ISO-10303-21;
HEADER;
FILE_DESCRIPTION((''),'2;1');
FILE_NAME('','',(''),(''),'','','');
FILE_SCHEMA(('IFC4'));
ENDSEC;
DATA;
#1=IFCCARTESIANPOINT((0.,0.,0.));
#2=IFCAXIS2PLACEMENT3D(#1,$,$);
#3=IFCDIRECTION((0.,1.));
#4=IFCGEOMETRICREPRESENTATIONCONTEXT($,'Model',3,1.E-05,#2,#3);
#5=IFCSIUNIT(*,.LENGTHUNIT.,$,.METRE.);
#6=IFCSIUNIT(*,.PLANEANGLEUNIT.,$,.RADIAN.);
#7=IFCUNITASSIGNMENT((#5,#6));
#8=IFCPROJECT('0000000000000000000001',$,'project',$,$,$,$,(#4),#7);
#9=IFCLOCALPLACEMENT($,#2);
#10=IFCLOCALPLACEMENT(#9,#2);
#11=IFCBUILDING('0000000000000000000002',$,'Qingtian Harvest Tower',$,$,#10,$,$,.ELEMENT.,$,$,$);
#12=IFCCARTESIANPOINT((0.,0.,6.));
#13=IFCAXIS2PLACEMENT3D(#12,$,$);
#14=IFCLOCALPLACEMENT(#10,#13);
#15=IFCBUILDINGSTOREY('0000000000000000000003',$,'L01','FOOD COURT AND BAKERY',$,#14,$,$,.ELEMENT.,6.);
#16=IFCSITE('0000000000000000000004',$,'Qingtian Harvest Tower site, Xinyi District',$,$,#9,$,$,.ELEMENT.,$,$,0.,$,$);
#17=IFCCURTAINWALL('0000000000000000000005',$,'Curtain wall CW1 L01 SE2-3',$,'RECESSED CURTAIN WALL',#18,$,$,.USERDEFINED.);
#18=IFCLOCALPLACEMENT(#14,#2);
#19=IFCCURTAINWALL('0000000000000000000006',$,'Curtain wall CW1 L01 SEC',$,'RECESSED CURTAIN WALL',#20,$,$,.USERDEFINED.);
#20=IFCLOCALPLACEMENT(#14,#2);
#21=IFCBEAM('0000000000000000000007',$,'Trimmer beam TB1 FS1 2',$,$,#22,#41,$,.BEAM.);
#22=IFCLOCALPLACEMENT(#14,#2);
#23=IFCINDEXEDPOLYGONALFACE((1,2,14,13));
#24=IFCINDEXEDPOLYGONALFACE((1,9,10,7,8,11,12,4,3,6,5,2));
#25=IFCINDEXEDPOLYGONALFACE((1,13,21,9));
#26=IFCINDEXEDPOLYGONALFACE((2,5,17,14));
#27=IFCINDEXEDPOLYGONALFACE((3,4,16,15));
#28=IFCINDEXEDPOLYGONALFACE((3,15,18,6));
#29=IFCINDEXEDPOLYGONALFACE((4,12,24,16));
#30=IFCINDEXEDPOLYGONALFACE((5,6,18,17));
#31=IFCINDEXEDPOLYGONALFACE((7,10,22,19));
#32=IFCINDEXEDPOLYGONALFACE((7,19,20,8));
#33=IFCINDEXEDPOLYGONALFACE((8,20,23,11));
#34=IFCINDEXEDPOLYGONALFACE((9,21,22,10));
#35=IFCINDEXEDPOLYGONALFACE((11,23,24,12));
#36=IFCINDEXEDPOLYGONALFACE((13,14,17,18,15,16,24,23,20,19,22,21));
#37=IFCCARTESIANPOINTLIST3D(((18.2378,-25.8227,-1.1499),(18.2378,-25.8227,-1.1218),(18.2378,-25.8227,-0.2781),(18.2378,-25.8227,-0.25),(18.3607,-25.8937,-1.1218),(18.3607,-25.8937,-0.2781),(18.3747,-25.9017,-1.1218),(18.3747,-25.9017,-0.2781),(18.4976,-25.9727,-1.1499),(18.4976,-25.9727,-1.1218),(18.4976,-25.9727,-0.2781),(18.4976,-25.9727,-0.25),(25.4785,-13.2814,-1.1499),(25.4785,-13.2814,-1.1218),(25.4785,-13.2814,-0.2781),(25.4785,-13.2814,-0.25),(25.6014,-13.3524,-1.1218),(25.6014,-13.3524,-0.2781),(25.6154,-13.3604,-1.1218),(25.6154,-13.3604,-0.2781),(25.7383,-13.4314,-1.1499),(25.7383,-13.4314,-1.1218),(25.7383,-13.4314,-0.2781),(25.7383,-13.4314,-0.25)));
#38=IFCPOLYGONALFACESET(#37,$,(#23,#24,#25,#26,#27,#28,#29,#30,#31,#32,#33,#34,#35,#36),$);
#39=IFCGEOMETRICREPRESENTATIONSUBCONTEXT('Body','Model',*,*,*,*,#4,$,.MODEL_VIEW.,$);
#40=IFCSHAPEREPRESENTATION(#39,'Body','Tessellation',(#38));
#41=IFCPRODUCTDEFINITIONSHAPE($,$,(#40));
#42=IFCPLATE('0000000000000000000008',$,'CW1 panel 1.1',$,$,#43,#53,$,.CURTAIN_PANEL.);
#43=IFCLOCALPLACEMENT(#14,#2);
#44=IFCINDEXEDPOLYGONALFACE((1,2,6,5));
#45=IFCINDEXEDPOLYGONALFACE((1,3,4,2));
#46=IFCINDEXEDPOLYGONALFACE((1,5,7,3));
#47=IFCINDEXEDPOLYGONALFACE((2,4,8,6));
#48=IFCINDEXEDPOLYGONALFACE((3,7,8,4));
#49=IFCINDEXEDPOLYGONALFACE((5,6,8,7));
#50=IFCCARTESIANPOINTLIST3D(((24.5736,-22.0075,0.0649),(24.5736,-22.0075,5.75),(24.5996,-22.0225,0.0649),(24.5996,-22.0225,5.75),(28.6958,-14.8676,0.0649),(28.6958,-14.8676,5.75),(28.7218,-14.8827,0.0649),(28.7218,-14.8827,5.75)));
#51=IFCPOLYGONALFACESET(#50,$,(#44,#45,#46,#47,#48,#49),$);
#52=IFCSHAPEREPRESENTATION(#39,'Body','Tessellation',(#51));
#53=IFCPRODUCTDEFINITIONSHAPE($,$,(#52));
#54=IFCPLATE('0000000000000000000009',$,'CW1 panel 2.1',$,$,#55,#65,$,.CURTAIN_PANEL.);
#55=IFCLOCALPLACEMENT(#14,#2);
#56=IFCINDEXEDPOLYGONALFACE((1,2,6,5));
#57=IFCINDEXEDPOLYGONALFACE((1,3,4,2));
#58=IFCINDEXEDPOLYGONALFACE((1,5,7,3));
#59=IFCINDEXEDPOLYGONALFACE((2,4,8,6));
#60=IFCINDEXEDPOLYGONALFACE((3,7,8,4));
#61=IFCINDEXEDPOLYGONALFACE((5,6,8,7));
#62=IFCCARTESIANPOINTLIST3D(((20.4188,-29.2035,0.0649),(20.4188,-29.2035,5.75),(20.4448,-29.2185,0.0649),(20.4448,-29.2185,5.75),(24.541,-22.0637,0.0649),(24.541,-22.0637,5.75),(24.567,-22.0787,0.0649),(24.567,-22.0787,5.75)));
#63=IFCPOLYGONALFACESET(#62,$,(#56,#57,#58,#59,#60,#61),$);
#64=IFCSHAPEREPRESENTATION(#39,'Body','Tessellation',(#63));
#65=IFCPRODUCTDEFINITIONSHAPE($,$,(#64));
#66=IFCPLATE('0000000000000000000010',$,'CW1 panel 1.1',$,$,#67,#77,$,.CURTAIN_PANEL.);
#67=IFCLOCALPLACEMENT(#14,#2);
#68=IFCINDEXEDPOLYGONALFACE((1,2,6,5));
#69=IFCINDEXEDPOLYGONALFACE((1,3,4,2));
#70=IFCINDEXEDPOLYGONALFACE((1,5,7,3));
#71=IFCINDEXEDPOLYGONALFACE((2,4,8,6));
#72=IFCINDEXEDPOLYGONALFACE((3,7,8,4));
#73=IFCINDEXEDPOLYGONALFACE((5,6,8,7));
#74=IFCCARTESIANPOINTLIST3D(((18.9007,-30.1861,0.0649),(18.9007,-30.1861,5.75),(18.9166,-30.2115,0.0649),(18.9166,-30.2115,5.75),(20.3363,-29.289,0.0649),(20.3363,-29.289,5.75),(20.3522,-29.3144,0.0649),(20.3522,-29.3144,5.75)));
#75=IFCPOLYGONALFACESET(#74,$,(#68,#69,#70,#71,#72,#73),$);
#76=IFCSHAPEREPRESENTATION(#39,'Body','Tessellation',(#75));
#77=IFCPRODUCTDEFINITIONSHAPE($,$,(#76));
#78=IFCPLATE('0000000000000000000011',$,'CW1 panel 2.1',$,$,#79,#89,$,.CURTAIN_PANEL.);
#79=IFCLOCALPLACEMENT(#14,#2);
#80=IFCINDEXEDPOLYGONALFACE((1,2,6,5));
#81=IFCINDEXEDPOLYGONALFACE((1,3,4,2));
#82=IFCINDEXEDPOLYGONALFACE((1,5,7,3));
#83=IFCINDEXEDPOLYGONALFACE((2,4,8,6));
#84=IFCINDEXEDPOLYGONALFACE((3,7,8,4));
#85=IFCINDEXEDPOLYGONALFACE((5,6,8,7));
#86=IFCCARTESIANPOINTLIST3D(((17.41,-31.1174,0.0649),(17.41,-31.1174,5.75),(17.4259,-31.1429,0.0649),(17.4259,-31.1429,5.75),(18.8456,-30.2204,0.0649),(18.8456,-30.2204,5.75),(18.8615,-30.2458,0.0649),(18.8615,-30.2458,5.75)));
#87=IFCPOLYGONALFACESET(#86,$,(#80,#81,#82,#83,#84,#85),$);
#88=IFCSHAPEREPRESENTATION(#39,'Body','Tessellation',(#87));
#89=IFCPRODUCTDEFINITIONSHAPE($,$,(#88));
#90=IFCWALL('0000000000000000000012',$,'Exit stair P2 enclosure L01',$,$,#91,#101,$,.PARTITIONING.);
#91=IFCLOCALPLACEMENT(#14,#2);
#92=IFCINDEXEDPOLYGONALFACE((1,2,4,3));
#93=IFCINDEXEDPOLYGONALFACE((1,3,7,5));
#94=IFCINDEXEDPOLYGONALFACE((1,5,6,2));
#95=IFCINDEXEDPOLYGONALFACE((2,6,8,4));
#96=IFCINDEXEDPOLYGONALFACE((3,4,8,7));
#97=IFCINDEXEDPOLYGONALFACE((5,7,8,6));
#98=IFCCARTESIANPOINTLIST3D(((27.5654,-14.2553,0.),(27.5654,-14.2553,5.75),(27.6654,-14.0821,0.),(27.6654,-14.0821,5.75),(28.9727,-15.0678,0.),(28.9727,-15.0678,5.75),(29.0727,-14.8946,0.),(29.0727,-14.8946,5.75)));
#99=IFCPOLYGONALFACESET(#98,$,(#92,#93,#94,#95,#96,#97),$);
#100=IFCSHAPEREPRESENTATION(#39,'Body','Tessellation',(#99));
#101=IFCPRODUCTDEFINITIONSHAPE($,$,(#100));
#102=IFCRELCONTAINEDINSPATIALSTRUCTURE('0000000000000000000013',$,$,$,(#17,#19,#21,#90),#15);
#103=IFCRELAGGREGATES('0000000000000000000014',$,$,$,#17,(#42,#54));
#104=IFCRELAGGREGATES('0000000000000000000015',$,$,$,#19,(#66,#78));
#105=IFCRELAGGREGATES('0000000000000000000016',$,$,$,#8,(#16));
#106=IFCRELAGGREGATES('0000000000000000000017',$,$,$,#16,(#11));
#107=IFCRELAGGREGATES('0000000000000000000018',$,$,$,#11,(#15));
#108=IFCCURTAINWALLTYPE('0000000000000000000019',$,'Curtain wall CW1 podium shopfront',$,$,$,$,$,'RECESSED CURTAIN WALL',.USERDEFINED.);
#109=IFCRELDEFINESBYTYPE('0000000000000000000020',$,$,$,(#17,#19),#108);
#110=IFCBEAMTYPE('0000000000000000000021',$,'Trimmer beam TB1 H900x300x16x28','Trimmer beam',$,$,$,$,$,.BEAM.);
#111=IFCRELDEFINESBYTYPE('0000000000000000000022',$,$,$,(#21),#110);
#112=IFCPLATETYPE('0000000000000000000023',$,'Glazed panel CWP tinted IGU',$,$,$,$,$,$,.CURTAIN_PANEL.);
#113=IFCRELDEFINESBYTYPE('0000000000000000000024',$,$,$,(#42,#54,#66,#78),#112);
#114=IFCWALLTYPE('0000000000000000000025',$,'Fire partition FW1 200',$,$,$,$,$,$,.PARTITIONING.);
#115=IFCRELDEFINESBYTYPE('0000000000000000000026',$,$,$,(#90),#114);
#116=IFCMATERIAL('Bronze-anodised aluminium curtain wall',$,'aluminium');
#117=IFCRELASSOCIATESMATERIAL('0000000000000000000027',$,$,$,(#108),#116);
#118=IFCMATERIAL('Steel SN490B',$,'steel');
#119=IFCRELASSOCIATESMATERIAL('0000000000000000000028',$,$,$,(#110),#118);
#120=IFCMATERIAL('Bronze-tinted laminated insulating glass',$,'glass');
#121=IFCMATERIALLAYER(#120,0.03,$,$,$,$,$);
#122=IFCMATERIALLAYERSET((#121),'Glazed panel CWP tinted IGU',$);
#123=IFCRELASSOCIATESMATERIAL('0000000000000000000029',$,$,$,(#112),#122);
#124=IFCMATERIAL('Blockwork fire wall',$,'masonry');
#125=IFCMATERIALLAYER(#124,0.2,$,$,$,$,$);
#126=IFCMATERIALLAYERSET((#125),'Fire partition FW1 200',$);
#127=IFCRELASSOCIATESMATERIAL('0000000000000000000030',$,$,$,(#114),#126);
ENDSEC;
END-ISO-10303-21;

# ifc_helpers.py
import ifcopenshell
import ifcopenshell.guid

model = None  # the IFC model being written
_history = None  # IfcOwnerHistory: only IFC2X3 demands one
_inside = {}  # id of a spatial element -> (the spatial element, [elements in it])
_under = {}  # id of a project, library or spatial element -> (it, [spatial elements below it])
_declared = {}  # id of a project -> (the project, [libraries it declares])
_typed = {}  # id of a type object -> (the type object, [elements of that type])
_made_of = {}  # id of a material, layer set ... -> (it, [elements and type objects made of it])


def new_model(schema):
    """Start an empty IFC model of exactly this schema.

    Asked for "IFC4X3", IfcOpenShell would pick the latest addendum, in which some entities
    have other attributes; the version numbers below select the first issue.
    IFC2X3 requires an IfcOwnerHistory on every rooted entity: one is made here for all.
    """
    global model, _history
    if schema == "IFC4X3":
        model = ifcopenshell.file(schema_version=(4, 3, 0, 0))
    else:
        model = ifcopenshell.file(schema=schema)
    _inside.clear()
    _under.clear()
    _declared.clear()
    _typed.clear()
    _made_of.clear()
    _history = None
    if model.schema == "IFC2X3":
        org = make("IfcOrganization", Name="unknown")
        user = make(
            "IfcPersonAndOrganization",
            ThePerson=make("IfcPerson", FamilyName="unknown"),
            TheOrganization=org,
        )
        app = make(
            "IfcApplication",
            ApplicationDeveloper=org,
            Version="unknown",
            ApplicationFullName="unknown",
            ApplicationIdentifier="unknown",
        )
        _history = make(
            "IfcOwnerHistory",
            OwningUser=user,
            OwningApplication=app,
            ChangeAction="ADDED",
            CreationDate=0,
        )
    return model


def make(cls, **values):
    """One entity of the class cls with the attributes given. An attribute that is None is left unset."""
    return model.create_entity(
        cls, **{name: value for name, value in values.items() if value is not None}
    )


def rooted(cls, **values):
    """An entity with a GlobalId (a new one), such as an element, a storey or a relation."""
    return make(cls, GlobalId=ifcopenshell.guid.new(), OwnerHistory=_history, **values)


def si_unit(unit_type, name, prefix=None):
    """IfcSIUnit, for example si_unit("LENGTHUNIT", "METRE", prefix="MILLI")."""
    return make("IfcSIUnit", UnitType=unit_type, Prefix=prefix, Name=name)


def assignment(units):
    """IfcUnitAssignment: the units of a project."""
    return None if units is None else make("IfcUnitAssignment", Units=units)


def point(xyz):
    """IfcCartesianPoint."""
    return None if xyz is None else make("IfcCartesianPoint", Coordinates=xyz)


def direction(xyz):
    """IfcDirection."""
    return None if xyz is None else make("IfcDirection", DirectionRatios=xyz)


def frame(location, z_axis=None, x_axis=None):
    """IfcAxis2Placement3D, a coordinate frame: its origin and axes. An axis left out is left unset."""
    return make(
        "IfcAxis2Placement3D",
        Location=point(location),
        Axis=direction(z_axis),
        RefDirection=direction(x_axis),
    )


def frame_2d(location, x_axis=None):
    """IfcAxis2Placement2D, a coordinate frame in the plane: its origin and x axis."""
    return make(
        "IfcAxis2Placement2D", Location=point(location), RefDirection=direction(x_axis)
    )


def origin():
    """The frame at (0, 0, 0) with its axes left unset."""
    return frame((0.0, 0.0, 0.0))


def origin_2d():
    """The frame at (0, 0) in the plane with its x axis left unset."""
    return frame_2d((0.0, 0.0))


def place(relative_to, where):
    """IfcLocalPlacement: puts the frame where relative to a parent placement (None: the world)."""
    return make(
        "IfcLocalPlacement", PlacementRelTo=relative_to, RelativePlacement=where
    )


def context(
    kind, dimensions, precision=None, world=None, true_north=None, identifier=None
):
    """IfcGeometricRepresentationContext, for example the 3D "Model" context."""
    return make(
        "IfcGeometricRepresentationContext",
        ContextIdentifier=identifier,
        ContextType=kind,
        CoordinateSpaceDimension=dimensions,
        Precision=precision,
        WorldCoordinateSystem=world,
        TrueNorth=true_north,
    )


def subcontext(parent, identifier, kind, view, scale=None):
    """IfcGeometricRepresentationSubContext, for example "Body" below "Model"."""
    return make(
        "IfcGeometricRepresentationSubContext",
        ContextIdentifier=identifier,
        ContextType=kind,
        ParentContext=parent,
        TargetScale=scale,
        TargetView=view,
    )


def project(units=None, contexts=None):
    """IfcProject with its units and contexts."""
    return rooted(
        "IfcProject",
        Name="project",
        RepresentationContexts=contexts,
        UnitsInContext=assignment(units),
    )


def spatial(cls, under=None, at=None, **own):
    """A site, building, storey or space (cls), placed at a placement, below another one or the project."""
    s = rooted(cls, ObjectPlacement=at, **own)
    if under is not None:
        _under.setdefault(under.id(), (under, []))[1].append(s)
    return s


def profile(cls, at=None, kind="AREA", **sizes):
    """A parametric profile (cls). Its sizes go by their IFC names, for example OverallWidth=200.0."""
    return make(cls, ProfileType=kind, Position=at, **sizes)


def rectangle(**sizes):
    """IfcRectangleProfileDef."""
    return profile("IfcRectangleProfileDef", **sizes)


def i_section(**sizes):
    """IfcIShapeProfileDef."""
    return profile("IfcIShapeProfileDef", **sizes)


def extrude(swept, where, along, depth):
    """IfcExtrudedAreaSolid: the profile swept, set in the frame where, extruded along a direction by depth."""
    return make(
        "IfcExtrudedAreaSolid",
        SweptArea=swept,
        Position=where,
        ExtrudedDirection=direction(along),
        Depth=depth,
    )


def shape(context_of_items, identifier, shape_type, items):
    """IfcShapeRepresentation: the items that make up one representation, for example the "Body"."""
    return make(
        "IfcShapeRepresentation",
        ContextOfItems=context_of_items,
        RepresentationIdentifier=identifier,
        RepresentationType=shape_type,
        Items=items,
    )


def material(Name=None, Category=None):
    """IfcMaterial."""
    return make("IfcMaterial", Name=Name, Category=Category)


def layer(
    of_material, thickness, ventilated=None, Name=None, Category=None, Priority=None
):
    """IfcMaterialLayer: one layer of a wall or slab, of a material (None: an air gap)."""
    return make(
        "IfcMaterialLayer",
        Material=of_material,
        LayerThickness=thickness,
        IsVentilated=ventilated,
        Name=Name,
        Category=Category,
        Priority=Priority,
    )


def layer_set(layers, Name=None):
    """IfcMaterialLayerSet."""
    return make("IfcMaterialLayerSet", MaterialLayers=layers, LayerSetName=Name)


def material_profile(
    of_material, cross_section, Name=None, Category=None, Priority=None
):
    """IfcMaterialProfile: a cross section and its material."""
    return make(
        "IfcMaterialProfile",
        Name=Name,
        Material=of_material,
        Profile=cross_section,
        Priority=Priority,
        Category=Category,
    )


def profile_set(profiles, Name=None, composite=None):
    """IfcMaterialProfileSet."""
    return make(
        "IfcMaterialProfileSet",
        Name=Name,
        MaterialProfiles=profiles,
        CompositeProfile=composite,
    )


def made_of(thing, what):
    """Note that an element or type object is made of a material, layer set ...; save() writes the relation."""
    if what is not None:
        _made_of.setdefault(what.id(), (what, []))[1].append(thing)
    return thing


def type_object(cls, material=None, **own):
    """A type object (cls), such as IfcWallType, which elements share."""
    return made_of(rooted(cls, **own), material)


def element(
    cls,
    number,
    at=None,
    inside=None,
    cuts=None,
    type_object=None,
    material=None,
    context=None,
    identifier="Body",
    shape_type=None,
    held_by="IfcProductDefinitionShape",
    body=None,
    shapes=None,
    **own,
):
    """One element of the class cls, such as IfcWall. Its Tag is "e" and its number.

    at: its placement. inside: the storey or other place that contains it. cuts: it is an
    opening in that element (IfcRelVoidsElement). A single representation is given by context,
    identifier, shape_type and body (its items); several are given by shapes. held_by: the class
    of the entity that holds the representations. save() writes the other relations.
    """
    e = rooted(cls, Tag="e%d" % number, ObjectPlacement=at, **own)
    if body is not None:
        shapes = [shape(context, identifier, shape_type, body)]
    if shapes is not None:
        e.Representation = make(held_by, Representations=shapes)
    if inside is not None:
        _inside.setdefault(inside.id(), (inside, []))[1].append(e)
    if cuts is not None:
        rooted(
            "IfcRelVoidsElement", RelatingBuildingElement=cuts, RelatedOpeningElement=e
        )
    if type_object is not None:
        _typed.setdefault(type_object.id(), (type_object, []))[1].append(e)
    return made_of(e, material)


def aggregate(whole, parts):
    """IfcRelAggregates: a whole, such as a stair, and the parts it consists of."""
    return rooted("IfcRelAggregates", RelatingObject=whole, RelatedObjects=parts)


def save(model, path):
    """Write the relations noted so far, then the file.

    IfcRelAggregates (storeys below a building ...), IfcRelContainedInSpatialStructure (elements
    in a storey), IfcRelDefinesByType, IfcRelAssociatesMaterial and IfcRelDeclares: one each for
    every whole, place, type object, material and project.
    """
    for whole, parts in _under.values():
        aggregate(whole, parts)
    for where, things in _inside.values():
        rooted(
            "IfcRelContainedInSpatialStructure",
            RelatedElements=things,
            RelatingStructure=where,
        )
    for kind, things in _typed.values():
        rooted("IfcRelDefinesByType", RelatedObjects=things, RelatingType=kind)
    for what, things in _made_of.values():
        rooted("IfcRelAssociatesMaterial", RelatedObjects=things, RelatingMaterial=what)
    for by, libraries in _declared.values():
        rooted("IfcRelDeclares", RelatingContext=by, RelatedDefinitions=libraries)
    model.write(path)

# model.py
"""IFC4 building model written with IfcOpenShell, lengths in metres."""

from ifc_helpers import new_model, si_unit, direction, frame, frame_2d, origin, origin_2d, place, context, subcontext, project, spatial, rectangle, i_section, extrude, material, layer, layer_set, material_profile, profile_set, type_object, element, aggregate, save


model = new_model("IFC4")

# Units and contexts
model_context = context("Model", 3, precision=1e-05, world=origin(), true_north=direction((0.0, 1.0)))
body_context = subcontext(model_context, "Body", "Model", "MODEL_VIEW")
ifc_project = project(units=[si_unit("LENGTHUNIT", "METRE"), si_unit("PLANEANGLEUNIT", "RADIAN")], contexts=[model_context])

# Site, building, storey
site_placement = place(None, origin())
site = spatial("IfcSite", under=ifc_project, at=site_placement, Name="Qingtian Harvest Tower site, Xinyi District", CompositionType="ELEMENT", RefElevation=0.0)
building_placement = place(site_placement, origin())
building = spatial("IfcBuilding", under=site, at=building_placement, Name="Qingtian Harvest Tower", CompositionType="ELEMENT")
storey_placement = place(building_placement, frame((0.0, 0.0, 6.0)))
storey = spatial("IfcBuildingStorey", under=building, at=storey_placement, Name="L01", Description="FOOD COURT AND BAKERY", CompositionType="ELEMENT", Elevation=6.0)

# Curtain walls
ifc_material_1 = material(Name="Bronze-anodised aluminium curtain wall", Category="aluminium")
curtain_wall_type = type_object("IfcCurtainWallType", Name="Curtain wall CW1 podium shopfront", ElementType="RECESSED CURTAIN WALL", PredefinedType="USERDEFINED", material=ifc_material_1)
curtain_wall_1_placement = place(storey_placement, origin())
curtain_wall_1 = element("IfcCurtainWall", 1, at=curtain_wall_1_placement, inside=storey, type_object=curtain_wall_type, Name="Curtain wall CW1 L01 SE2-3", ObjectType="RECESSED CURTAIN WALL", PredefinedType="USERDEFINED")
curtain_wall_2_placement = place(storey_placement, origin())
curtain_wall_2 = element("IfcCurtainWall", 2, at=curtain_wall_2_placement, inside=storey, type_object=curtain_wall_type, Name="Curtain wall CW1 L01 SEC", ObjectType="RECESSED CURTAIN WALL", PredefinedType="USERDEFINED")

# Beam
ifc_material_2 = material(Name="Steel SN490B", Category="steel")
ifc_material_profile_1 = material_profile(ifc_material_2, i_section(OverallWidth=0.3, OverallDepth=0.8999, WebThickness=0.0161, FlangeThickness=0.0281, at=origin_2d()), Name="H900x300x16x28")
ifc_profile_set_1 = profile_set([ifc_material_profile_1], Name="Steel SN490B")
beam_type_1 = type_object("IfcBeamType", Name="Trimmer beam TB1 H900x300x16x28", Description="Trimmer beam", PredefinedType="BEAM", material=ifc_profile_set_1)
beam_1_placement = place(storey_placement, frame((18.3677, -25.8977, -0.7), z_axis=(0.500001, 0.866025, 0.0), x_axis=(-0.866025, 0.500001, 0.0)))
element("IfcBeam", 3, at=beam_1_placement, inside=storey, type_object=beam_type_1, Name="Trimmer beam TB1 FS1 2", PredefinedType="BEAM", context=body_context, shape_type="SweptSolid", body=[
    extrude(i_section(OverallWidth=0.3, OverallDepth=0.8999, WebThickness=0.0161, FlangeThickness=0.0281, at=origin_2d()), origin(), (0.0, 0.0, 1.0), 14.4814),
])

# Plates
ifc_material_3 = material(Name="Bronze-tinted laminated insulating glass", Category="glass")
ifc_layer_1 = layer(ifc_material_3, 0.03)
ifc_layer_set_1 = layer_set([ifc_layer_1], Name="Glazed panel CWP tinted IGU")
plate_type = type_object("IfcPlateType", Name="Glazed panel CWP tinted IGU", PredefinedType="CURTAIN_PANEL", material=ifc_layer_set_1)
plate_1_placement = place(storey_placement, frame((26.6477, -18.4451, 0.0649), z_axis=(0.0, 0.0, 1.0), x_axis=(-0.5, -0.866025, 0.0)))
plate_1 = element("IfcPlate", 4, at=plate_1_placement, type_object=plate_type, Name="CW1 panel 1.1", PredefinedType="CURTAIN_PANEL", context=body_context, shape_type="SweptSolid", body=[
    extrude(rectangle(XDim=8.2444, YDim=0.03, at=origin_2d()), origin(), (0.0, 0.0, 1.0), 5.6851),
])
plate_2_placement = place(storey_placement, frame((22.4929, -25.6411, 0.0649), z_axis=(0.0, 0.0, 1.0), x_axis=(-0.5, -0.866025, 0.0)))
plate_2 = element("IfcPlate", 5, at=plate_2_placement, type_object=plate_type, Name="CW1 panel 2.1", PredefinedType="CURTAIN_PANEL", context=body_context, shape_type="SweptSolid", body=[
    extrude(rectangle(XDim=8.2444, YDim=0.03, at=origin_2d()), origin(), (0.0, 0.0, 1.0), 5.6851),
])
aggregate(curtain_wall_1, [plate_1, plate_2])
plate_3_placement = place(storey_placement, frame((19.6265, -29.7502, 0.0649), z_axis=(0.0, 0.0, 1.0), x_axis=(-0.848048, -0.529919, 0.0)))
plate_3 = element("IfcPlate", 6, at=plate_3_placement, type_object=plate_type, Name="CW1 panel 1.1", PredefinedType="CURTAIN_PANEL", context=body_context, shape_type="SweptSolid", body=[
    extrude(rectangle(XDim=1.6929, YDim=0.03, at=origin_2d()), origin(), (0.0, 0.0, 1.0), 5.6851),
])
plate_4_placement = place(storey_placement, frame((18.1357, -30.6816, 0.0649), z_axis=(0.0, 0.0, 1.0), x_axis=(-0.848048, -0.529919, 0.0)))
plate_4 = element("IfcPlate", 7, at=plate_4_placement, type_object=plate_type, Name="CW1 panel 2.1", PredefinedType="CURTAIN_PANEL", context=body_context, shape_type="SweptSolid", body=[
    extrude(rectangle(XDim=1.6929, YDim=0.03, at=origin_2d()), origin(), (0.0, 0.0, 1.0), 5.6851),
])
aggregate(curtain_wall_2, [plate_3, plate_4])

# Wall
ifc_material_4 = material(Name="Blockwork fire wall", Category="masonry")
ifc_layer_2 = layer(ifc_material_4, 0.2)
ifc_layer_set_2 = layer_set([ifc_layer_2], Name="Fire partition FW1 200")
wall_type = type_object("IfcWallType", Name="Fire partition FW1 200", PredefinedType="PARTITIONING", material=ifc_layer_set_2)
wall_placement = place(storey_placement, frame((29.0227, -14.9812, 0.0), z_axis=(0.0, 0.0, 1.0), x_axis=(-0.866015, 0.500017, 0.0)))
element("IfcWall", 8, at=wall_placement, inside=storey, type_object=wall_type, Name="Exit stair P2 enclosure L01", PredefinedType="PARTITIONING", context=body_context, shape_type="SweptSolid", body=[
    extrude(rectangle(XDim=1.625, YDim=0.2, at=frame_2d((0.8125, 0.0))), origin(), (0.0, 0.0, 1.0), 5.75),
])

save(model, "model.ifc")
